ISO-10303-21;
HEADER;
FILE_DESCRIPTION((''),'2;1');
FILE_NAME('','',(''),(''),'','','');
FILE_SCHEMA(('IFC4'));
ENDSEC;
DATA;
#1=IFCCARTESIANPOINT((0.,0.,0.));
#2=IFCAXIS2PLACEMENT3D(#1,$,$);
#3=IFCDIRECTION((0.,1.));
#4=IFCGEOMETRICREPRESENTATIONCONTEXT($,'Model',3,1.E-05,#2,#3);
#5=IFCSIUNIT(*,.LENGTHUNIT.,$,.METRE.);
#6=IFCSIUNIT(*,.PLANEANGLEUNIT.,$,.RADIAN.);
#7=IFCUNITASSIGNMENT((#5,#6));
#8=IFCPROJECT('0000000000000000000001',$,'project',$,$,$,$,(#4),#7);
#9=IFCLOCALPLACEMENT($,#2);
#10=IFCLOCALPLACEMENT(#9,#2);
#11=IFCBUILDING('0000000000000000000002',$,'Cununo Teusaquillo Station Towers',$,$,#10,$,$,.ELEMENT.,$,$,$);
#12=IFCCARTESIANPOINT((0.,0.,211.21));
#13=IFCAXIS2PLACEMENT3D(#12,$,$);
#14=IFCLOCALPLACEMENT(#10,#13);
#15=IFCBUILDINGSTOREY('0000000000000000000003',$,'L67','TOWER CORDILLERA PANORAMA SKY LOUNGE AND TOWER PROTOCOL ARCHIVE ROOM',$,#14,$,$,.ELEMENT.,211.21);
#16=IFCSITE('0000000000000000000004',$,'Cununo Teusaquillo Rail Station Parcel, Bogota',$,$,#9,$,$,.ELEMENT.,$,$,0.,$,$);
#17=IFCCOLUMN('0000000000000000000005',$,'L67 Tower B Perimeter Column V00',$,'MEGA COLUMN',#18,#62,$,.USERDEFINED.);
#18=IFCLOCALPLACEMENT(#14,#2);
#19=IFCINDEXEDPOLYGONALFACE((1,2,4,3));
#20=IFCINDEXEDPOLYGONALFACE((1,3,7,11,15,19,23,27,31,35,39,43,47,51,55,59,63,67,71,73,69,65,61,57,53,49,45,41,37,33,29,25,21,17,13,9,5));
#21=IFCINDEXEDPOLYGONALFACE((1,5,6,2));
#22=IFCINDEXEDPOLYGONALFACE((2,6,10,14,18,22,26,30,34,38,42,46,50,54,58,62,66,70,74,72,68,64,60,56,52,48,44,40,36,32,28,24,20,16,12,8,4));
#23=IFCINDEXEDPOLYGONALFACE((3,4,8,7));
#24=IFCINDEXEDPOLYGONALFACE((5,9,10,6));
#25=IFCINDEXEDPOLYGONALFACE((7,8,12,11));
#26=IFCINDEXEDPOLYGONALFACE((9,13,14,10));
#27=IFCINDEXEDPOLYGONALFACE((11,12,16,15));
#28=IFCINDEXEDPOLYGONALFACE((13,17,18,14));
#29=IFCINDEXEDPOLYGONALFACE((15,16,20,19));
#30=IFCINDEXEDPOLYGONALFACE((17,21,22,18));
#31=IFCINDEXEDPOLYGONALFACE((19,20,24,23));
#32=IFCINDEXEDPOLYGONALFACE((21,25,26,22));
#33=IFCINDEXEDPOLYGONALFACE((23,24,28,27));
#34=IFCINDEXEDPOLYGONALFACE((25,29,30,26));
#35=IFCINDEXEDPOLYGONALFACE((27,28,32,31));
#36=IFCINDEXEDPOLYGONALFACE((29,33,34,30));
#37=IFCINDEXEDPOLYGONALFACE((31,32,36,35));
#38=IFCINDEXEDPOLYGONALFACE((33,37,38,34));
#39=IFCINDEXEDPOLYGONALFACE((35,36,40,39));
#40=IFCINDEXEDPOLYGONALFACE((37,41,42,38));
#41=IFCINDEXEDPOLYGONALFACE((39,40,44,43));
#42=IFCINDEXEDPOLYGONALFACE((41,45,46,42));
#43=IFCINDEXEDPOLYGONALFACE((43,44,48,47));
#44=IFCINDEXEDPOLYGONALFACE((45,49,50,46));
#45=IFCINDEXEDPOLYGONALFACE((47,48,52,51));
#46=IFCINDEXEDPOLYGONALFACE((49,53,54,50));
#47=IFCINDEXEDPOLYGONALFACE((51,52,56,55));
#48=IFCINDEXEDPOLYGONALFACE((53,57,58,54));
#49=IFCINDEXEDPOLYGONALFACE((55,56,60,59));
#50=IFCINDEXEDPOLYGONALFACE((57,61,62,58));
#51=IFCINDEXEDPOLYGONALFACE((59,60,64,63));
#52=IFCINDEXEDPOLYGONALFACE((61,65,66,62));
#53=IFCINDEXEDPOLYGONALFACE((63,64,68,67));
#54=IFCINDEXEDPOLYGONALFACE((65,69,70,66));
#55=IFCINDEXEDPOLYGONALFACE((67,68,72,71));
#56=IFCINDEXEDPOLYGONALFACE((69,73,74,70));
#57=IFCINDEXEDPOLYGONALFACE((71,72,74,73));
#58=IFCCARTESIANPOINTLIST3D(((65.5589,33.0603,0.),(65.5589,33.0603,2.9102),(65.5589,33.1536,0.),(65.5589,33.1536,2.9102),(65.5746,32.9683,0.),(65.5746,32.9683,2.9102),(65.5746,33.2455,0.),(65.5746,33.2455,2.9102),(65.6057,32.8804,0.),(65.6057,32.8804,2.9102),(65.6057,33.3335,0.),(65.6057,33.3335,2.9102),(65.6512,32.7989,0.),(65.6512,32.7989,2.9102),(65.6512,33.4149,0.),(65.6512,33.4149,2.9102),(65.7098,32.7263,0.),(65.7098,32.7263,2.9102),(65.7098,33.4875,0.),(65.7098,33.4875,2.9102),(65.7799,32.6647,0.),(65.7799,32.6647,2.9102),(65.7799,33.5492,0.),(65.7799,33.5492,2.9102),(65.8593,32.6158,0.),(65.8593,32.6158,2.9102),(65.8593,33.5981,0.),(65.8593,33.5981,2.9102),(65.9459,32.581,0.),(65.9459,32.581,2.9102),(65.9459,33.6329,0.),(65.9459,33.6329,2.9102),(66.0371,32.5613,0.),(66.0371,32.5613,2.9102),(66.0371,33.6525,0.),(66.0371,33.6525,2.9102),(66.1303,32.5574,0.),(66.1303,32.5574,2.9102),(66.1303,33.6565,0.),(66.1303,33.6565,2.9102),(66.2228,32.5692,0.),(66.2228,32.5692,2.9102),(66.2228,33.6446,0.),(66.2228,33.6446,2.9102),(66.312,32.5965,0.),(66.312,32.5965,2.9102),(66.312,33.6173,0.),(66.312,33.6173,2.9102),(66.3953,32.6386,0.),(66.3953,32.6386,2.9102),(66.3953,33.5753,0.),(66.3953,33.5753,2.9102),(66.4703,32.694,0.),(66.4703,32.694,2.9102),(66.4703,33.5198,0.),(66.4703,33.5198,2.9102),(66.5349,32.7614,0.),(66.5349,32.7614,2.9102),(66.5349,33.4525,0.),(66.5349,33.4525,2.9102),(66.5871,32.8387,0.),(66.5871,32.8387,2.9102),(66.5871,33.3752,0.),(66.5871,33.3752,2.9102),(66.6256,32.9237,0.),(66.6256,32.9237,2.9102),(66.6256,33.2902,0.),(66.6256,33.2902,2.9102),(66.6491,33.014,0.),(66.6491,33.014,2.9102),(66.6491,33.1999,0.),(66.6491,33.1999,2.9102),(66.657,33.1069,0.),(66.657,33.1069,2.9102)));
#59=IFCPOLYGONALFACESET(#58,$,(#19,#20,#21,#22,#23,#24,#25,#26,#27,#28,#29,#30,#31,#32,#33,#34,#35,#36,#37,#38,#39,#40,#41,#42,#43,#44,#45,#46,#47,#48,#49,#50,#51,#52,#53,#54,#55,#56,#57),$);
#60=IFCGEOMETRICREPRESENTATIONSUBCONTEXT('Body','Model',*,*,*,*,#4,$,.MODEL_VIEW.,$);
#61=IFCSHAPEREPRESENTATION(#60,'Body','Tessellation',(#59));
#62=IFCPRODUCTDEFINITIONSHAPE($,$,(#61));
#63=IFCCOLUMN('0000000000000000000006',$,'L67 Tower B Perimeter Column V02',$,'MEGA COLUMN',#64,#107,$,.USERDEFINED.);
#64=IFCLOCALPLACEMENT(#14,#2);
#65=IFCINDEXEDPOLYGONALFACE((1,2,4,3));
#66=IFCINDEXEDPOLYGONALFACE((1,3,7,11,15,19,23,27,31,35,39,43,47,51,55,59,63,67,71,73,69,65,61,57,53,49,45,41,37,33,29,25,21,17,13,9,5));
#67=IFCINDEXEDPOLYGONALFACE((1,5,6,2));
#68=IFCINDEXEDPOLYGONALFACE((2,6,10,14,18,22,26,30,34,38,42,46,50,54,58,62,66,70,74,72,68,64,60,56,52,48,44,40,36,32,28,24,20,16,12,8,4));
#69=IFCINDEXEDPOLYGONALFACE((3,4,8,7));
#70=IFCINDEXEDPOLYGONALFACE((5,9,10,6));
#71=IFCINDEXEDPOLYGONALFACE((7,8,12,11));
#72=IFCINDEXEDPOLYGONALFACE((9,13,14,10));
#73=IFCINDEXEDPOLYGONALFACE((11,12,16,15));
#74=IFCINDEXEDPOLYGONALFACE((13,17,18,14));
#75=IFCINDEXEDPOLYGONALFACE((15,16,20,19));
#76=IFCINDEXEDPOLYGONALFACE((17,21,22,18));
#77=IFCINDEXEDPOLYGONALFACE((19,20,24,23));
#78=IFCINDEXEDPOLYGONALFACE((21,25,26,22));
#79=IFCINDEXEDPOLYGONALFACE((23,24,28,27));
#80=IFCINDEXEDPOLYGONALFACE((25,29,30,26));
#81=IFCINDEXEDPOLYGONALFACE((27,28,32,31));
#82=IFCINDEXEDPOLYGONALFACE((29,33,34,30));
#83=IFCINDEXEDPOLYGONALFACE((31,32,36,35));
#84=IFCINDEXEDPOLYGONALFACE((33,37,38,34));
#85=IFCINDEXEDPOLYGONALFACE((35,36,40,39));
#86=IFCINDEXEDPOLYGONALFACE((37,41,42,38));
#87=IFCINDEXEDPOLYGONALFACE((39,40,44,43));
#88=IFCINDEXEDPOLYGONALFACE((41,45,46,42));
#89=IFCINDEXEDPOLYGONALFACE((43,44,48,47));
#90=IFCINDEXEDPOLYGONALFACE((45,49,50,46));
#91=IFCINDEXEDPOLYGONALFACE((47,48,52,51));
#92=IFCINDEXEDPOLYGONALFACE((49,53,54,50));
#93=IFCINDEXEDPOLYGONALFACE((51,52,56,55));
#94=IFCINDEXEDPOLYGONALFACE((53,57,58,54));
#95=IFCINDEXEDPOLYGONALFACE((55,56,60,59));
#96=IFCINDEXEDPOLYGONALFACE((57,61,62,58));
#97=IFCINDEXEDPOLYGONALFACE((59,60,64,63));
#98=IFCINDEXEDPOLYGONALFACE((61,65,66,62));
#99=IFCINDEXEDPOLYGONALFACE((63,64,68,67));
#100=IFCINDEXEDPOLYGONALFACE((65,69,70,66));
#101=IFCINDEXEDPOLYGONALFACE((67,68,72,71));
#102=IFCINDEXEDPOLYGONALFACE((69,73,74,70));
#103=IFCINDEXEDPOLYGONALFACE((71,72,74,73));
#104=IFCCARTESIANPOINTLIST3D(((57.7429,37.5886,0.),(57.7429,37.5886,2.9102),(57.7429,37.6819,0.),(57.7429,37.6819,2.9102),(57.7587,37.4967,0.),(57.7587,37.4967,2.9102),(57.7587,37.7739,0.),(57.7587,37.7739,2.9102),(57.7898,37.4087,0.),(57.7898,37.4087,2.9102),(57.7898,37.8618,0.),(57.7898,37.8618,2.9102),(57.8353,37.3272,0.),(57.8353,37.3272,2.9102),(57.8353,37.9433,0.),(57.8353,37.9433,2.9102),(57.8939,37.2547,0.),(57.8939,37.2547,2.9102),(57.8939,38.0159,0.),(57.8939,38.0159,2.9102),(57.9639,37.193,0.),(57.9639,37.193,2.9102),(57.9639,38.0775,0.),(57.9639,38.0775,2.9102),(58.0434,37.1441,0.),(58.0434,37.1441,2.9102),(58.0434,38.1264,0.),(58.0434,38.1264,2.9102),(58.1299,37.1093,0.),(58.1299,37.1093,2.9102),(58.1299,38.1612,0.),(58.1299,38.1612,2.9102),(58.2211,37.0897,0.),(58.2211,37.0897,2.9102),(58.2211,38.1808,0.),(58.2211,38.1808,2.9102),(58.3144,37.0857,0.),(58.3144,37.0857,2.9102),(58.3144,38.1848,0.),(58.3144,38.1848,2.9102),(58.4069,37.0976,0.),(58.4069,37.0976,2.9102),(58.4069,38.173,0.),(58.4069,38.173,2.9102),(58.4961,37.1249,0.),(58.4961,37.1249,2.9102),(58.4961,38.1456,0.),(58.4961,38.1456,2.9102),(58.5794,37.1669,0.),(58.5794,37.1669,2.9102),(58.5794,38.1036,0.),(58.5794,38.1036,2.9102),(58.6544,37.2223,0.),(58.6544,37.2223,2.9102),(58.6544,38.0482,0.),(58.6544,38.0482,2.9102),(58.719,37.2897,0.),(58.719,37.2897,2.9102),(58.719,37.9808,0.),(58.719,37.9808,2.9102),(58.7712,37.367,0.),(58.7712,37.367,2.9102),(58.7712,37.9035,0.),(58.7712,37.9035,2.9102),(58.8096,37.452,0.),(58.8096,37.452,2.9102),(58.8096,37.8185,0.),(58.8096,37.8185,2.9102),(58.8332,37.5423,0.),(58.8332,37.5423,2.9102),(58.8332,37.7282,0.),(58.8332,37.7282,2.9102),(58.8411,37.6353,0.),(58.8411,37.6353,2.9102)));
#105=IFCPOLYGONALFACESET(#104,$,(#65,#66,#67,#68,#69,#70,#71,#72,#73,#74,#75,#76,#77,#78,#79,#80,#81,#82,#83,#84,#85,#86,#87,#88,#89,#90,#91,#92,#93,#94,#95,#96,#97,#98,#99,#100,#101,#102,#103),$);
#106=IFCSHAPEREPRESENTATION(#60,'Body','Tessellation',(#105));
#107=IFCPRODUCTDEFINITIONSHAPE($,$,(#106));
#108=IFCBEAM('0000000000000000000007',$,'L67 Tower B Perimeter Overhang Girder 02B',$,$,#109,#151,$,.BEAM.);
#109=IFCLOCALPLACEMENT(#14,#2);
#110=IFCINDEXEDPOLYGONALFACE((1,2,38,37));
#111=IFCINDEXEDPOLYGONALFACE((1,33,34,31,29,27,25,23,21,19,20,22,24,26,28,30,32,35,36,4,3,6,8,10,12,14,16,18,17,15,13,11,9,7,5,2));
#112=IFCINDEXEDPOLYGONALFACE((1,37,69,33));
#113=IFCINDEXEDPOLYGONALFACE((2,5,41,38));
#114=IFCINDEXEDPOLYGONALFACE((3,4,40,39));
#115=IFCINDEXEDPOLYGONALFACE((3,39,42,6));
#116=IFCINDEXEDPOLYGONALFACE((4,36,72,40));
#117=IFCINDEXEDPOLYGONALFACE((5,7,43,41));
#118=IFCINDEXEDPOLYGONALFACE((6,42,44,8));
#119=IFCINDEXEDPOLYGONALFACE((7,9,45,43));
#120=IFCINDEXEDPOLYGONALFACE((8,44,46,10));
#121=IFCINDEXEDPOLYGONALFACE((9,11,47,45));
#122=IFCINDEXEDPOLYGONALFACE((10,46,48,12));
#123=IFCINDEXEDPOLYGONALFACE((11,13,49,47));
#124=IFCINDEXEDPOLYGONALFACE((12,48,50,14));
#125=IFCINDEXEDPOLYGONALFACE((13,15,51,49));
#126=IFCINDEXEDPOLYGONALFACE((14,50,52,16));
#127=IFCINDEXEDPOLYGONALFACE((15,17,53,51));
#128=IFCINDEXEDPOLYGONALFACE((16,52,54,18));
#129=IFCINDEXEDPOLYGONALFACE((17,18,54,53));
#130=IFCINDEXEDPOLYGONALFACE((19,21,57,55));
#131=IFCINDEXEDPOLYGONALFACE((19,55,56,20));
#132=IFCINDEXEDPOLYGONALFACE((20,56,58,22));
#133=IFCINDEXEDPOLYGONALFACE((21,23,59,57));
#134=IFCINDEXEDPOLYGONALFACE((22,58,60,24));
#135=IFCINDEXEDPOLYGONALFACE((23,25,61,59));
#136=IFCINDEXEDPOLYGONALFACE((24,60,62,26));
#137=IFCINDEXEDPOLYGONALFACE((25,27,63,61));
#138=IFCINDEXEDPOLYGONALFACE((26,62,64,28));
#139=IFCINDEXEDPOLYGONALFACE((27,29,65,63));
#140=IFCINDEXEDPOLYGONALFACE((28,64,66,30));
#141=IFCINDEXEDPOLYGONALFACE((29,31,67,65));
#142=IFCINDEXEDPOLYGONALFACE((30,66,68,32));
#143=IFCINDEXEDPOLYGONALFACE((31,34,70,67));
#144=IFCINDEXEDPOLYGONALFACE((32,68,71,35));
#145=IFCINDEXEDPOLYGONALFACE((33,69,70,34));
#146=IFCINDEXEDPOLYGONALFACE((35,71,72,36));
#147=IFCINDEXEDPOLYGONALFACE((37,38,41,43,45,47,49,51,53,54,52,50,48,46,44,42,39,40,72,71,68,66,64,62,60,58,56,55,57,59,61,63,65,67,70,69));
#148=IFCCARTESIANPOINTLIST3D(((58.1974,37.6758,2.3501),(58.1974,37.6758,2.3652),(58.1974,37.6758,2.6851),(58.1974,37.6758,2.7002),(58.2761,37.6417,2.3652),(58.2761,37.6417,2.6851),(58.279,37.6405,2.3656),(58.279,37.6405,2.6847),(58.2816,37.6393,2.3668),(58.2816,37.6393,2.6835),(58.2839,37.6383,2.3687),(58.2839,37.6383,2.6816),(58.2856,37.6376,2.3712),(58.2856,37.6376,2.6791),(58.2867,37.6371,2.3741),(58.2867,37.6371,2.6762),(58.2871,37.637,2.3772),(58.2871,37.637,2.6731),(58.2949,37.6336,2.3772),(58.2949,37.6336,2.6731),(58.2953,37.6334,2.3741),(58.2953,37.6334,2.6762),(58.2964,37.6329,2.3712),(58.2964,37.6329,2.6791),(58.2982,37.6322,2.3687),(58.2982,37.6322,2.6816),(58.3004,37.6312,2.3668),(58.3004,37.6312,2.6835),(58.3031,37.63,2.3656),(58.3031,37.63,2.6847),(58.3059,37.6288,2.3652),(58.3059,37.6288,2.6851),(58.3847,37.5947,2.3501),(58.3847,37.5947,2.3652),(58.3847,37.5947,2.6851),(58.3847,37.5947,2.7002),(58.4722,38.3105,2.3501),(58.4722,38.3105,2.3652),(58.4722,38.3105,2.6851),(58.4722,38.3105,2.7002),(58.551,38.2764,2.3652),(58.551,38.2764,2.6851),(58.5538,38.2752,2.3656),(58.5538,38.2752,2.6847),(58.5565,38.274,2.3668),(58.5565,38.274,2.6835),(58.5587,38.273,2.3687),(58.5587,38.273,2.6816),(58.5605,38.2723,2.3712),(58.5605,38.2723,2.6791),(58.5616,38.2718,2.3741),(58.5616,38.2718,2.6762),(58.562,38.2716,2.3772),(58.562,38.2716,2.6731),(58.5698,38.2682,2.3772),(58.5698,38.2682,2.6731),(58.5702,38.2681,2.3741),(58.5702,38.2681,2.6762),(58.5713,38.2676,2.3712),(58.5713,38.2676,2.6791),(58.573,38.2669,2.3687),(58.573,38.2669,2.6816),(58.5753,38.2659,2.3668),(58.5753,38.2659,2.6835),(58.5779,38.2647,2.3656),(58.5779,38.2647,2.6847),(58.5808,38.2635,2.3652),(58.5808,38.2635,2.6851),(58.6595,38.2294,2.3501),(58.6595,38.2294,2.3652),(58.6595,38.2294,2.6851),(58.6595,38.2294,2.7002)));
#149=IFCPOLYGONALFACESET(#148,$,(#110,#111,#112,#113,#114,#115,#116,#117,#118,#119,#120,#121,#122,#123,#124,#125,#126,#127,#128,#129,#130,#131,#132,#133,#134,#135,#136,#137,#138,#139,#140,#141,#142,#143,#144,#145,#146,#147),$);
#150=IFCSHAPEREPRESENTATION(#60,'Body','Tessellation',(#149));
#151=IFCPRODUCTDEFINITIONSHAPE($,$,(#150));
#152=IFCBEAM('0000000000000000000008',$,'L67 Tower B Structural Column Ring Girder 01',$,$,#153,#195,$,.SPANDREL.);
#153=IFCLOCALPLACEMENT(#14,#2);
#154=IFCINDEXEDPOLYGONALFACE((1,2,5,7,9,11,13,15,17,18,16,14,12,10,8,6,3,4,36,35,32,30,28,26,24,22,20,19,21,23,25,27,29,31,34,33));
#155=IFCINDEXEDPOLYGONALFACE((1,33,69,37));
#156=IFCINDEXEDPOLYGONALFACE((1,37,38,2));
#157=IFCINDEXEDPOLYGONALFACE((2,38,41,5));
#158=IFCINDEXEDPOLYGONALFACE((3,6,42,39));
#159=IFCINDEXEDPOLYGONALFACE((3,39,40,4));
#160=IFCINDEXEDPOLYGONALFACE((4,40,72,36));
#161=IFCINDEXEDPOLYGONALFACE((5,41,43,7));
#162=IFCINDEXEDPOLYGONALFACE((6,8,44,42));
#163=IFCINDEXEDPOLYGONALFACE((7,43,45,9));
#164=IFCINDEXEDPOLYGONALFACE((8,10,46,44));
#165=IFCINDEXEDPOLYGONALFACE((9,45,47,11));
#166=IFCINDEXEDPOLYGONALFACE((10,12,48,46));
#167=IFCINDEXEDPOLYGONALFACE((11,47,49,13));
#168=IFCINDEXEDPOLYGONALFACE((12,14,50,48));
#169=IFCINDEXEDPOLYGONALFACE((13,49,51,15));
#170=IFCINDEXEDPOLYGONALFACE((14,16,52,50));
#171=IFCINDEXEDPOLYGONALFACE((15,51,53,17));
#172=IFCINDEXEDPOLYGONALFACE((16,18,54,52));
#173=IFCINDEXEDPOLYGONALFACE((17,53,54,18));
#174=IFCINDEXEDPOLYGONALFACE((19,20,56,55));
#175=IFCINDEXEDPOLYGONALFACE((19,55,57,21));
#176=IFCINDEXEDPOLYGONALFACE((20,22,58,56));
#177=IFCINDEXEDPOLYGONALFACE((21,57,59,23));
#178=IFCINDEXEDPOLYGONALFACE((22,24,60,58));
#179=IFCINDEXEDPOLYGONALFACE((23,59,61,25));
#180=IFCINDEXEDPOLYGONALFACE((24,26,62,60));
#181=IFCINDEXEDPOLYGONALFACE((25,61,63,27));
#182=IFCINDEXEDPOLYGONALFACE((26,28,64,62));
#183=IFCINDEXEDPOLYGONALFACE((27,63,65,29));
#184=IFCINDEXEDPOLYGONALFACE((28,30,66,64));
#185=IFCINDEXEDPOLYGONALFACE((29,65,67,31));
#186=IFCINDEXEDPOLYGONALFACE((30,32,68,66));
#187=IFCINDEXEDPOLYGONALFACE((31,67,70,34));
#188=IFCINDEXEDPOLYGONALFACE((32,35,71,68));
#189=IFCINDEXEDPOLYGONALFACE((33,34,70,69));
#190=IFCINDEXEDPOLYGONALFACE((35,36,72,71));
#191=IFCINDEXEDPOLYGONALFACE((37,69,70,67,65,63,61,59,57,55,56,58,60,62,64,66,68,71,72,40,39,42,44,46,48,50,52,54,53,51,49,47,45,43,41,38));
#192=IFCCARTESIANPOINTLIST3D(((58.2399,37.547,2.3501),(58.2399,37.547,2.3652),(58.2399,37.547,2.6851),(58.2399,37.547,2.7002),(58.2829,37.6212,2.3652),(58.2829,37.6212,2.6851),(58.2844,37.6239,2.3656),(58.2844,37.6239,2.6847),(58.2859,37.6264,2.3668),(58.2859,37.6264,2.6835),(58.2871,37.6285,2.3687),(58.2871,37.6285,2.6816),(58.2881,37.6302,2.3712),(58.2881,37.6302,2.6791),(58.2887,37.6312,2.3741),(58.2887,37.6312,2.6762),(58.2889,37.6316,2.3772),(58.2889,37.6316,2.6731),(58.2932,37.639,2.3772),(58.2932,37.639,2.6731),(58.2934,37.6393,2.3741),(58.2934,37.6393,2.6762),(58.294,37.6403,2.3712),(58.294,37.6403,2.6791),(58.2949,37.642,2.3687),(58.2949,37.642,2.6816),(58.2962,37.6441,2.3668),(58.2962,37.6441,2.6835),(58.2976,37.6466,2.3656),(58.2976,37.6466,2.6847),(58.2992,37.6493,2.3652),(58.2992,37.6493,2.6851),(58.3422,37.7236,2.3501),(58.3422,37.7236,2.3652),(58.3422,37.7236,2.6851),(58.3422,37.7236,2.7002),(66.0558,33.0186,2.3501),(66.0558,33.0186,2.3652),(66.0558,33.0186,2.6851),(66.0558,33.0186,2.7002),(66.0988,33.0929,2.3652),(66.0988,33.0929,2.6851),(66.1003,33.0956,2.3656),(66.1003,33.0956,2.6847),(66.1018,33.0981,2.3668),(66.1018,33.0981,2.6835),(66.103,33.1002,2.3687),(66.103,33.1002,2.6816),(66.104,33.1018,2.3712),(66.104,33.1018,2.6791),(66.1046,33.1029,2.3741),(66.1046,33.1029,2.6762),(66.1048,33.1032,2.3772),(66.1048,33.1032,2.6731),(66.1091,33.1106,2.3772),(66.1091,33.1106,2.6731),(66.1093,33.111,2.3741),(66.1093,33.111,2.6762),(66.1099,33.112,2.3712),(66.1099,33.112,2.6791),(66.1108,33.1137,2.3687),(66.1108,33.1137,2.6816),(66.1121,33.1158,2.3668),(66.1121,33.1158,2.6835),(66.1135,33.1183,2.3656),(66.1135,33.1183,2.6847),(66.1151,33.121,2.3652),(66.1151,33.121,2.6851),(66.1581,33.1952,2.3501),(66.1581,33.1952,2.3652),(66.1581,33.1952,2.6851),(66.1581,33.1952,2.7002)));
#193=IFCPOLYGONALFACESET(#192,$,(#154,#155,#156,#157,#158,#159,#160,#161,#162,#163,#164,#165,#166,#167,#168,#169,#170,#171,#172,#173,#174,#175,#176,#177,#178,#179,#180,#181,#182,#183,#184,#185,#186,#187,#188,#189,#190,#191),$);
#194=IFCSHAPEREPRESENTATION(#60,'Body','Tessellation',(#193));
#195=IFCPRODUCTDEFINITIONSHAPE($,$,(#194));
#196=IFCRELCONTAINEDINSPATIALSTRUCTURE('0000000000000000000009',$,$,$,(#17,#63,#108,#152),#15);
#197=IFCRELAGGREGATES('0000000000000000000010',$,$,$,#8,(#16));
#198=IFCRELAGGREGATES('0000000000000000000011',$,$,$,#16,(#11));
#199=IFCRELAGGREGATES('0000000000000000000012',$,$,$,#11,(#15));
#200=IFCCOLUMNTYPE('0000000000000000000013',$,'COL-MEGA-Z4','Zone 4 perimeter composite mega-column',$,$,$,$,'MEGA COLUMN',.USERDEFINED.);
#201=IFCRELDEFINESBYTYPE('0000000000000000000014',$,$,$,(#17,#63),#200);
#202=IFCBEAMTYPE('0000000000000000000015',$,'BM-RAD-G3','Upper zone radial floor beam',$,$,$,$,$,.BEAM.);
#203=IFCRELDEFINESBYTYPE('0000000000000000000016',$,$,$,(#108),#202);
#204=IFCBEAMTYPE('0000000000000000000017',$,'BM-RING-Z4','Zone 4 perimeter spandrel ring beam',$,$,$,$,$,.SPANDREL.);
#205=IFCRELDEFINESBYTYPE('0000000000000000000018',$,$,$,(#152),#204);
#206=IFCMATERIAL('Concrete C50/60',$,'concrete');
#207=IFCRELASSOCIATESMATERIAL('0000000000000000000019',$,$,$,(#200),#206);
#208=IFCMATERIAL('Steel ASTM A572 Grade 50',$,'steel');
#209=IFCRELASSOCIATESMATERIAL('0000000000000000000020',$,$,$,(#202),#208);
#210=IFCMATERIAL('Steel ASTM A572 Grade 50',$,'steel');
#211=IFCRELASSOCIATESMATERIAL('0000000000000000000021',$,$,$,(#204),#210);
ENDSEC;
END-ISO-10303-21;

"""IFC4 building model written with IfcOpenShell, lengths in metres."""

from ifc_helpers import new_model, si_unit, direction, frame, origin, origin_2d, place, context, subcontext, project, spatial, circle, i_section, extrude, material, material_profile, profile_set, type_object, element, save


model = new_model("IFC4")

# Units and contexts
model_context = context("Model", 3, precision=1e-05, world=origin(), true_north=direction((0.0, 1.0)))
body_context = subcontext(model_context, "Body", "Model", "MODEL_VIEW")
ifc_project = project(units=[si_unit("LENGTHUNIT", "METRE"), si_unit("PLANEANGLEUNIT", "RADIAN")], contexts=[model_context])

# Site, building, storey
site_placement = place(None, origin())
site = spatial("IfcSite", under=ifc_project, at=site_placement, Name="Cununo Teusaquillo Rail Station Parcel, Bogota", CompositionType="ELEMENT", RefElevation=0.0)
building_placement = place(site_placement, origin())
building = spatial("IfcBuilding", under=site, at=building_placement, Name="Cununo Teusaquillo Station Towers", CompositionType="ELEMENT")
storey_placement = place(building_placement, frame((0.0, 0.0, 211.21)))
storey = spatial("IfcBuildingStorey", under=building, at=storey_placement, Name="L67", Description="TOWER CORDILLERA PANORAMA SKY LOUNGE AND TOWER PROTOCOL ARCHIVE ROOM", CompositionType="ELEMENT", Elevation=211.21)

# Columns
ifc_material_1 = material(Name="Concrete C50/60", Category="concrete")
ifc_material_profile_1 = material_profile(ifc_material_1, circle(Radius=0.55, at=origin_2d()), Name="RC-CIRC-1100")
ifc_profile_set_1 = profile_set([ifc_material_profile_1], Name="Concrete C50/60")
column_type = type_object("IfcColumnType", Name="COL-MEGA-Z4", Description="Zone 4 perimeter composite mega-column", ElementType="MEGA COLUMN", PredefinedType="USERDEFINED", material=ifc_profile_set_1)
for number, where, z_axis, x_axis, name in (
    (1, (66.1069, 33.1069, 0.0), (0.0, 0.0, 1.0), (1.0, 0.0, 0.0), "L67 Tower B Perimeter Column V00"),
    (2, (58.291, 37.6353, 0.0), (0.0, 0.0, 1.0), (1.0, 0.0, 0.0), "L67 Tower B Perimeter Column V02"),
):
    element("IfcColumn", number, at=place(storey_placement, frame(where, z_axis=z_axis, x_axis=x_axis)), inside=storey, type_object=column_type, Name=name, ObjectType="MEGA COLUMN", PredefinedType="USERDEFINED", context=body_context, shape_type="SweptSolid", body=[
        extrude(circle(Radius=0.55, at=origin_2d()), origin(), (0.0, 0.0, 1.0), 2.9102),
    ])

# Beams
ifc_material_2 = material(Name="Steel ASTM A572 Grade 50", Category="steel")
ifc_material_profile_2 = material_profile(ifc_material_2, i_section(OverallWidth=0.2041, OverallDepth=0.3501, WebThickness=0.0085, FlangeThickness=0.0151, FilletRadius=0.012, at=origin_2d()), Name="W14X48")
ifc_profile_set_2 = profile_set([ifc_material_profile_2], Name="Steel ASTM A572 Grade 50")
beam_type_1 = type_object("IfcBeamType", Name="BM-RAD-G3", Description="Upper zone radial floor beam", PredefinedType="BEAM", material=ifc_profile_set_2)
beam_1_placement = place(storey_placement, frame((58.291, 37.6353, 2.5251), z_axis=(0.397409, 0.917641, 0.0), x_axis=(-0.917641, 0.397409, 0.0)))
element("IfcBeam", 3, at=beam_1_placement, inside=storey, type_object=beam_type_1, Name="L67 Tower B Perimeter Overhang Girder 02B", PredefinedType="BEAM", context=body_context, shape_type="SweptSolid", body=[
    extrude(i_section(OverallWidth=0.2041, OverallDepth=0.3501, WebThickness=0.0085, FlangeThickness=0.0151, FilletRadius=0.012, at=origin_2d()), origin(), (0.0, 0.0, 1.0), 0.6917),
])
ifc_material_3 = material(Name="Steel ASTM A572 Grade 50", Category="steel")
ifc_material_profile_3 = material_profile(ifc_material_3, i_section(OverallWidth=0.2041, OverallDepth=0.3501, WebThickness=0.0085, FlangeThickness=0.0151, FilletRadius=0.012, at=origin_2d()), Name="W14X48")
ifc_profile_set_3 = profile_set([ifc_material_profile_3], Name="Steel ASTM A572 Grade 50")
beam_type_2 = type_object("IfcBeamType", Name="BM-RING-Z4", Description="Zone 4 perimeter spandrel ring beam", PredefinedType="SPANDREL", material=ifc_profile_set_3)
beam_2_placement = place(storey_placement, frame((66.1069, 33.1069, 2.5251), z_axis=(-0.865267, 0.501311, 0.0), x_axis=(-0.501311, -0.865267, 0.0)))
element("IfcBeam", 4, at=beam_2_placement, inside=storey, type_object=beam_type_2, Name="L67 Tower B Structural Column Ring Girder 01", PredefinedType="SPANDREL", context=body_context, shape_type="SweptSolid", body=[
    extrude(i_section(OverallWidth=0.2041, OverallDepth=0.3501, WebThickness=0.0085, FlangeThickness=0.0151, FilletRadius=0.012, at=origin_2d()), origin(), (0.0, 0.0, 1.0), 9.033),
])

save(model, "model.ifc")
